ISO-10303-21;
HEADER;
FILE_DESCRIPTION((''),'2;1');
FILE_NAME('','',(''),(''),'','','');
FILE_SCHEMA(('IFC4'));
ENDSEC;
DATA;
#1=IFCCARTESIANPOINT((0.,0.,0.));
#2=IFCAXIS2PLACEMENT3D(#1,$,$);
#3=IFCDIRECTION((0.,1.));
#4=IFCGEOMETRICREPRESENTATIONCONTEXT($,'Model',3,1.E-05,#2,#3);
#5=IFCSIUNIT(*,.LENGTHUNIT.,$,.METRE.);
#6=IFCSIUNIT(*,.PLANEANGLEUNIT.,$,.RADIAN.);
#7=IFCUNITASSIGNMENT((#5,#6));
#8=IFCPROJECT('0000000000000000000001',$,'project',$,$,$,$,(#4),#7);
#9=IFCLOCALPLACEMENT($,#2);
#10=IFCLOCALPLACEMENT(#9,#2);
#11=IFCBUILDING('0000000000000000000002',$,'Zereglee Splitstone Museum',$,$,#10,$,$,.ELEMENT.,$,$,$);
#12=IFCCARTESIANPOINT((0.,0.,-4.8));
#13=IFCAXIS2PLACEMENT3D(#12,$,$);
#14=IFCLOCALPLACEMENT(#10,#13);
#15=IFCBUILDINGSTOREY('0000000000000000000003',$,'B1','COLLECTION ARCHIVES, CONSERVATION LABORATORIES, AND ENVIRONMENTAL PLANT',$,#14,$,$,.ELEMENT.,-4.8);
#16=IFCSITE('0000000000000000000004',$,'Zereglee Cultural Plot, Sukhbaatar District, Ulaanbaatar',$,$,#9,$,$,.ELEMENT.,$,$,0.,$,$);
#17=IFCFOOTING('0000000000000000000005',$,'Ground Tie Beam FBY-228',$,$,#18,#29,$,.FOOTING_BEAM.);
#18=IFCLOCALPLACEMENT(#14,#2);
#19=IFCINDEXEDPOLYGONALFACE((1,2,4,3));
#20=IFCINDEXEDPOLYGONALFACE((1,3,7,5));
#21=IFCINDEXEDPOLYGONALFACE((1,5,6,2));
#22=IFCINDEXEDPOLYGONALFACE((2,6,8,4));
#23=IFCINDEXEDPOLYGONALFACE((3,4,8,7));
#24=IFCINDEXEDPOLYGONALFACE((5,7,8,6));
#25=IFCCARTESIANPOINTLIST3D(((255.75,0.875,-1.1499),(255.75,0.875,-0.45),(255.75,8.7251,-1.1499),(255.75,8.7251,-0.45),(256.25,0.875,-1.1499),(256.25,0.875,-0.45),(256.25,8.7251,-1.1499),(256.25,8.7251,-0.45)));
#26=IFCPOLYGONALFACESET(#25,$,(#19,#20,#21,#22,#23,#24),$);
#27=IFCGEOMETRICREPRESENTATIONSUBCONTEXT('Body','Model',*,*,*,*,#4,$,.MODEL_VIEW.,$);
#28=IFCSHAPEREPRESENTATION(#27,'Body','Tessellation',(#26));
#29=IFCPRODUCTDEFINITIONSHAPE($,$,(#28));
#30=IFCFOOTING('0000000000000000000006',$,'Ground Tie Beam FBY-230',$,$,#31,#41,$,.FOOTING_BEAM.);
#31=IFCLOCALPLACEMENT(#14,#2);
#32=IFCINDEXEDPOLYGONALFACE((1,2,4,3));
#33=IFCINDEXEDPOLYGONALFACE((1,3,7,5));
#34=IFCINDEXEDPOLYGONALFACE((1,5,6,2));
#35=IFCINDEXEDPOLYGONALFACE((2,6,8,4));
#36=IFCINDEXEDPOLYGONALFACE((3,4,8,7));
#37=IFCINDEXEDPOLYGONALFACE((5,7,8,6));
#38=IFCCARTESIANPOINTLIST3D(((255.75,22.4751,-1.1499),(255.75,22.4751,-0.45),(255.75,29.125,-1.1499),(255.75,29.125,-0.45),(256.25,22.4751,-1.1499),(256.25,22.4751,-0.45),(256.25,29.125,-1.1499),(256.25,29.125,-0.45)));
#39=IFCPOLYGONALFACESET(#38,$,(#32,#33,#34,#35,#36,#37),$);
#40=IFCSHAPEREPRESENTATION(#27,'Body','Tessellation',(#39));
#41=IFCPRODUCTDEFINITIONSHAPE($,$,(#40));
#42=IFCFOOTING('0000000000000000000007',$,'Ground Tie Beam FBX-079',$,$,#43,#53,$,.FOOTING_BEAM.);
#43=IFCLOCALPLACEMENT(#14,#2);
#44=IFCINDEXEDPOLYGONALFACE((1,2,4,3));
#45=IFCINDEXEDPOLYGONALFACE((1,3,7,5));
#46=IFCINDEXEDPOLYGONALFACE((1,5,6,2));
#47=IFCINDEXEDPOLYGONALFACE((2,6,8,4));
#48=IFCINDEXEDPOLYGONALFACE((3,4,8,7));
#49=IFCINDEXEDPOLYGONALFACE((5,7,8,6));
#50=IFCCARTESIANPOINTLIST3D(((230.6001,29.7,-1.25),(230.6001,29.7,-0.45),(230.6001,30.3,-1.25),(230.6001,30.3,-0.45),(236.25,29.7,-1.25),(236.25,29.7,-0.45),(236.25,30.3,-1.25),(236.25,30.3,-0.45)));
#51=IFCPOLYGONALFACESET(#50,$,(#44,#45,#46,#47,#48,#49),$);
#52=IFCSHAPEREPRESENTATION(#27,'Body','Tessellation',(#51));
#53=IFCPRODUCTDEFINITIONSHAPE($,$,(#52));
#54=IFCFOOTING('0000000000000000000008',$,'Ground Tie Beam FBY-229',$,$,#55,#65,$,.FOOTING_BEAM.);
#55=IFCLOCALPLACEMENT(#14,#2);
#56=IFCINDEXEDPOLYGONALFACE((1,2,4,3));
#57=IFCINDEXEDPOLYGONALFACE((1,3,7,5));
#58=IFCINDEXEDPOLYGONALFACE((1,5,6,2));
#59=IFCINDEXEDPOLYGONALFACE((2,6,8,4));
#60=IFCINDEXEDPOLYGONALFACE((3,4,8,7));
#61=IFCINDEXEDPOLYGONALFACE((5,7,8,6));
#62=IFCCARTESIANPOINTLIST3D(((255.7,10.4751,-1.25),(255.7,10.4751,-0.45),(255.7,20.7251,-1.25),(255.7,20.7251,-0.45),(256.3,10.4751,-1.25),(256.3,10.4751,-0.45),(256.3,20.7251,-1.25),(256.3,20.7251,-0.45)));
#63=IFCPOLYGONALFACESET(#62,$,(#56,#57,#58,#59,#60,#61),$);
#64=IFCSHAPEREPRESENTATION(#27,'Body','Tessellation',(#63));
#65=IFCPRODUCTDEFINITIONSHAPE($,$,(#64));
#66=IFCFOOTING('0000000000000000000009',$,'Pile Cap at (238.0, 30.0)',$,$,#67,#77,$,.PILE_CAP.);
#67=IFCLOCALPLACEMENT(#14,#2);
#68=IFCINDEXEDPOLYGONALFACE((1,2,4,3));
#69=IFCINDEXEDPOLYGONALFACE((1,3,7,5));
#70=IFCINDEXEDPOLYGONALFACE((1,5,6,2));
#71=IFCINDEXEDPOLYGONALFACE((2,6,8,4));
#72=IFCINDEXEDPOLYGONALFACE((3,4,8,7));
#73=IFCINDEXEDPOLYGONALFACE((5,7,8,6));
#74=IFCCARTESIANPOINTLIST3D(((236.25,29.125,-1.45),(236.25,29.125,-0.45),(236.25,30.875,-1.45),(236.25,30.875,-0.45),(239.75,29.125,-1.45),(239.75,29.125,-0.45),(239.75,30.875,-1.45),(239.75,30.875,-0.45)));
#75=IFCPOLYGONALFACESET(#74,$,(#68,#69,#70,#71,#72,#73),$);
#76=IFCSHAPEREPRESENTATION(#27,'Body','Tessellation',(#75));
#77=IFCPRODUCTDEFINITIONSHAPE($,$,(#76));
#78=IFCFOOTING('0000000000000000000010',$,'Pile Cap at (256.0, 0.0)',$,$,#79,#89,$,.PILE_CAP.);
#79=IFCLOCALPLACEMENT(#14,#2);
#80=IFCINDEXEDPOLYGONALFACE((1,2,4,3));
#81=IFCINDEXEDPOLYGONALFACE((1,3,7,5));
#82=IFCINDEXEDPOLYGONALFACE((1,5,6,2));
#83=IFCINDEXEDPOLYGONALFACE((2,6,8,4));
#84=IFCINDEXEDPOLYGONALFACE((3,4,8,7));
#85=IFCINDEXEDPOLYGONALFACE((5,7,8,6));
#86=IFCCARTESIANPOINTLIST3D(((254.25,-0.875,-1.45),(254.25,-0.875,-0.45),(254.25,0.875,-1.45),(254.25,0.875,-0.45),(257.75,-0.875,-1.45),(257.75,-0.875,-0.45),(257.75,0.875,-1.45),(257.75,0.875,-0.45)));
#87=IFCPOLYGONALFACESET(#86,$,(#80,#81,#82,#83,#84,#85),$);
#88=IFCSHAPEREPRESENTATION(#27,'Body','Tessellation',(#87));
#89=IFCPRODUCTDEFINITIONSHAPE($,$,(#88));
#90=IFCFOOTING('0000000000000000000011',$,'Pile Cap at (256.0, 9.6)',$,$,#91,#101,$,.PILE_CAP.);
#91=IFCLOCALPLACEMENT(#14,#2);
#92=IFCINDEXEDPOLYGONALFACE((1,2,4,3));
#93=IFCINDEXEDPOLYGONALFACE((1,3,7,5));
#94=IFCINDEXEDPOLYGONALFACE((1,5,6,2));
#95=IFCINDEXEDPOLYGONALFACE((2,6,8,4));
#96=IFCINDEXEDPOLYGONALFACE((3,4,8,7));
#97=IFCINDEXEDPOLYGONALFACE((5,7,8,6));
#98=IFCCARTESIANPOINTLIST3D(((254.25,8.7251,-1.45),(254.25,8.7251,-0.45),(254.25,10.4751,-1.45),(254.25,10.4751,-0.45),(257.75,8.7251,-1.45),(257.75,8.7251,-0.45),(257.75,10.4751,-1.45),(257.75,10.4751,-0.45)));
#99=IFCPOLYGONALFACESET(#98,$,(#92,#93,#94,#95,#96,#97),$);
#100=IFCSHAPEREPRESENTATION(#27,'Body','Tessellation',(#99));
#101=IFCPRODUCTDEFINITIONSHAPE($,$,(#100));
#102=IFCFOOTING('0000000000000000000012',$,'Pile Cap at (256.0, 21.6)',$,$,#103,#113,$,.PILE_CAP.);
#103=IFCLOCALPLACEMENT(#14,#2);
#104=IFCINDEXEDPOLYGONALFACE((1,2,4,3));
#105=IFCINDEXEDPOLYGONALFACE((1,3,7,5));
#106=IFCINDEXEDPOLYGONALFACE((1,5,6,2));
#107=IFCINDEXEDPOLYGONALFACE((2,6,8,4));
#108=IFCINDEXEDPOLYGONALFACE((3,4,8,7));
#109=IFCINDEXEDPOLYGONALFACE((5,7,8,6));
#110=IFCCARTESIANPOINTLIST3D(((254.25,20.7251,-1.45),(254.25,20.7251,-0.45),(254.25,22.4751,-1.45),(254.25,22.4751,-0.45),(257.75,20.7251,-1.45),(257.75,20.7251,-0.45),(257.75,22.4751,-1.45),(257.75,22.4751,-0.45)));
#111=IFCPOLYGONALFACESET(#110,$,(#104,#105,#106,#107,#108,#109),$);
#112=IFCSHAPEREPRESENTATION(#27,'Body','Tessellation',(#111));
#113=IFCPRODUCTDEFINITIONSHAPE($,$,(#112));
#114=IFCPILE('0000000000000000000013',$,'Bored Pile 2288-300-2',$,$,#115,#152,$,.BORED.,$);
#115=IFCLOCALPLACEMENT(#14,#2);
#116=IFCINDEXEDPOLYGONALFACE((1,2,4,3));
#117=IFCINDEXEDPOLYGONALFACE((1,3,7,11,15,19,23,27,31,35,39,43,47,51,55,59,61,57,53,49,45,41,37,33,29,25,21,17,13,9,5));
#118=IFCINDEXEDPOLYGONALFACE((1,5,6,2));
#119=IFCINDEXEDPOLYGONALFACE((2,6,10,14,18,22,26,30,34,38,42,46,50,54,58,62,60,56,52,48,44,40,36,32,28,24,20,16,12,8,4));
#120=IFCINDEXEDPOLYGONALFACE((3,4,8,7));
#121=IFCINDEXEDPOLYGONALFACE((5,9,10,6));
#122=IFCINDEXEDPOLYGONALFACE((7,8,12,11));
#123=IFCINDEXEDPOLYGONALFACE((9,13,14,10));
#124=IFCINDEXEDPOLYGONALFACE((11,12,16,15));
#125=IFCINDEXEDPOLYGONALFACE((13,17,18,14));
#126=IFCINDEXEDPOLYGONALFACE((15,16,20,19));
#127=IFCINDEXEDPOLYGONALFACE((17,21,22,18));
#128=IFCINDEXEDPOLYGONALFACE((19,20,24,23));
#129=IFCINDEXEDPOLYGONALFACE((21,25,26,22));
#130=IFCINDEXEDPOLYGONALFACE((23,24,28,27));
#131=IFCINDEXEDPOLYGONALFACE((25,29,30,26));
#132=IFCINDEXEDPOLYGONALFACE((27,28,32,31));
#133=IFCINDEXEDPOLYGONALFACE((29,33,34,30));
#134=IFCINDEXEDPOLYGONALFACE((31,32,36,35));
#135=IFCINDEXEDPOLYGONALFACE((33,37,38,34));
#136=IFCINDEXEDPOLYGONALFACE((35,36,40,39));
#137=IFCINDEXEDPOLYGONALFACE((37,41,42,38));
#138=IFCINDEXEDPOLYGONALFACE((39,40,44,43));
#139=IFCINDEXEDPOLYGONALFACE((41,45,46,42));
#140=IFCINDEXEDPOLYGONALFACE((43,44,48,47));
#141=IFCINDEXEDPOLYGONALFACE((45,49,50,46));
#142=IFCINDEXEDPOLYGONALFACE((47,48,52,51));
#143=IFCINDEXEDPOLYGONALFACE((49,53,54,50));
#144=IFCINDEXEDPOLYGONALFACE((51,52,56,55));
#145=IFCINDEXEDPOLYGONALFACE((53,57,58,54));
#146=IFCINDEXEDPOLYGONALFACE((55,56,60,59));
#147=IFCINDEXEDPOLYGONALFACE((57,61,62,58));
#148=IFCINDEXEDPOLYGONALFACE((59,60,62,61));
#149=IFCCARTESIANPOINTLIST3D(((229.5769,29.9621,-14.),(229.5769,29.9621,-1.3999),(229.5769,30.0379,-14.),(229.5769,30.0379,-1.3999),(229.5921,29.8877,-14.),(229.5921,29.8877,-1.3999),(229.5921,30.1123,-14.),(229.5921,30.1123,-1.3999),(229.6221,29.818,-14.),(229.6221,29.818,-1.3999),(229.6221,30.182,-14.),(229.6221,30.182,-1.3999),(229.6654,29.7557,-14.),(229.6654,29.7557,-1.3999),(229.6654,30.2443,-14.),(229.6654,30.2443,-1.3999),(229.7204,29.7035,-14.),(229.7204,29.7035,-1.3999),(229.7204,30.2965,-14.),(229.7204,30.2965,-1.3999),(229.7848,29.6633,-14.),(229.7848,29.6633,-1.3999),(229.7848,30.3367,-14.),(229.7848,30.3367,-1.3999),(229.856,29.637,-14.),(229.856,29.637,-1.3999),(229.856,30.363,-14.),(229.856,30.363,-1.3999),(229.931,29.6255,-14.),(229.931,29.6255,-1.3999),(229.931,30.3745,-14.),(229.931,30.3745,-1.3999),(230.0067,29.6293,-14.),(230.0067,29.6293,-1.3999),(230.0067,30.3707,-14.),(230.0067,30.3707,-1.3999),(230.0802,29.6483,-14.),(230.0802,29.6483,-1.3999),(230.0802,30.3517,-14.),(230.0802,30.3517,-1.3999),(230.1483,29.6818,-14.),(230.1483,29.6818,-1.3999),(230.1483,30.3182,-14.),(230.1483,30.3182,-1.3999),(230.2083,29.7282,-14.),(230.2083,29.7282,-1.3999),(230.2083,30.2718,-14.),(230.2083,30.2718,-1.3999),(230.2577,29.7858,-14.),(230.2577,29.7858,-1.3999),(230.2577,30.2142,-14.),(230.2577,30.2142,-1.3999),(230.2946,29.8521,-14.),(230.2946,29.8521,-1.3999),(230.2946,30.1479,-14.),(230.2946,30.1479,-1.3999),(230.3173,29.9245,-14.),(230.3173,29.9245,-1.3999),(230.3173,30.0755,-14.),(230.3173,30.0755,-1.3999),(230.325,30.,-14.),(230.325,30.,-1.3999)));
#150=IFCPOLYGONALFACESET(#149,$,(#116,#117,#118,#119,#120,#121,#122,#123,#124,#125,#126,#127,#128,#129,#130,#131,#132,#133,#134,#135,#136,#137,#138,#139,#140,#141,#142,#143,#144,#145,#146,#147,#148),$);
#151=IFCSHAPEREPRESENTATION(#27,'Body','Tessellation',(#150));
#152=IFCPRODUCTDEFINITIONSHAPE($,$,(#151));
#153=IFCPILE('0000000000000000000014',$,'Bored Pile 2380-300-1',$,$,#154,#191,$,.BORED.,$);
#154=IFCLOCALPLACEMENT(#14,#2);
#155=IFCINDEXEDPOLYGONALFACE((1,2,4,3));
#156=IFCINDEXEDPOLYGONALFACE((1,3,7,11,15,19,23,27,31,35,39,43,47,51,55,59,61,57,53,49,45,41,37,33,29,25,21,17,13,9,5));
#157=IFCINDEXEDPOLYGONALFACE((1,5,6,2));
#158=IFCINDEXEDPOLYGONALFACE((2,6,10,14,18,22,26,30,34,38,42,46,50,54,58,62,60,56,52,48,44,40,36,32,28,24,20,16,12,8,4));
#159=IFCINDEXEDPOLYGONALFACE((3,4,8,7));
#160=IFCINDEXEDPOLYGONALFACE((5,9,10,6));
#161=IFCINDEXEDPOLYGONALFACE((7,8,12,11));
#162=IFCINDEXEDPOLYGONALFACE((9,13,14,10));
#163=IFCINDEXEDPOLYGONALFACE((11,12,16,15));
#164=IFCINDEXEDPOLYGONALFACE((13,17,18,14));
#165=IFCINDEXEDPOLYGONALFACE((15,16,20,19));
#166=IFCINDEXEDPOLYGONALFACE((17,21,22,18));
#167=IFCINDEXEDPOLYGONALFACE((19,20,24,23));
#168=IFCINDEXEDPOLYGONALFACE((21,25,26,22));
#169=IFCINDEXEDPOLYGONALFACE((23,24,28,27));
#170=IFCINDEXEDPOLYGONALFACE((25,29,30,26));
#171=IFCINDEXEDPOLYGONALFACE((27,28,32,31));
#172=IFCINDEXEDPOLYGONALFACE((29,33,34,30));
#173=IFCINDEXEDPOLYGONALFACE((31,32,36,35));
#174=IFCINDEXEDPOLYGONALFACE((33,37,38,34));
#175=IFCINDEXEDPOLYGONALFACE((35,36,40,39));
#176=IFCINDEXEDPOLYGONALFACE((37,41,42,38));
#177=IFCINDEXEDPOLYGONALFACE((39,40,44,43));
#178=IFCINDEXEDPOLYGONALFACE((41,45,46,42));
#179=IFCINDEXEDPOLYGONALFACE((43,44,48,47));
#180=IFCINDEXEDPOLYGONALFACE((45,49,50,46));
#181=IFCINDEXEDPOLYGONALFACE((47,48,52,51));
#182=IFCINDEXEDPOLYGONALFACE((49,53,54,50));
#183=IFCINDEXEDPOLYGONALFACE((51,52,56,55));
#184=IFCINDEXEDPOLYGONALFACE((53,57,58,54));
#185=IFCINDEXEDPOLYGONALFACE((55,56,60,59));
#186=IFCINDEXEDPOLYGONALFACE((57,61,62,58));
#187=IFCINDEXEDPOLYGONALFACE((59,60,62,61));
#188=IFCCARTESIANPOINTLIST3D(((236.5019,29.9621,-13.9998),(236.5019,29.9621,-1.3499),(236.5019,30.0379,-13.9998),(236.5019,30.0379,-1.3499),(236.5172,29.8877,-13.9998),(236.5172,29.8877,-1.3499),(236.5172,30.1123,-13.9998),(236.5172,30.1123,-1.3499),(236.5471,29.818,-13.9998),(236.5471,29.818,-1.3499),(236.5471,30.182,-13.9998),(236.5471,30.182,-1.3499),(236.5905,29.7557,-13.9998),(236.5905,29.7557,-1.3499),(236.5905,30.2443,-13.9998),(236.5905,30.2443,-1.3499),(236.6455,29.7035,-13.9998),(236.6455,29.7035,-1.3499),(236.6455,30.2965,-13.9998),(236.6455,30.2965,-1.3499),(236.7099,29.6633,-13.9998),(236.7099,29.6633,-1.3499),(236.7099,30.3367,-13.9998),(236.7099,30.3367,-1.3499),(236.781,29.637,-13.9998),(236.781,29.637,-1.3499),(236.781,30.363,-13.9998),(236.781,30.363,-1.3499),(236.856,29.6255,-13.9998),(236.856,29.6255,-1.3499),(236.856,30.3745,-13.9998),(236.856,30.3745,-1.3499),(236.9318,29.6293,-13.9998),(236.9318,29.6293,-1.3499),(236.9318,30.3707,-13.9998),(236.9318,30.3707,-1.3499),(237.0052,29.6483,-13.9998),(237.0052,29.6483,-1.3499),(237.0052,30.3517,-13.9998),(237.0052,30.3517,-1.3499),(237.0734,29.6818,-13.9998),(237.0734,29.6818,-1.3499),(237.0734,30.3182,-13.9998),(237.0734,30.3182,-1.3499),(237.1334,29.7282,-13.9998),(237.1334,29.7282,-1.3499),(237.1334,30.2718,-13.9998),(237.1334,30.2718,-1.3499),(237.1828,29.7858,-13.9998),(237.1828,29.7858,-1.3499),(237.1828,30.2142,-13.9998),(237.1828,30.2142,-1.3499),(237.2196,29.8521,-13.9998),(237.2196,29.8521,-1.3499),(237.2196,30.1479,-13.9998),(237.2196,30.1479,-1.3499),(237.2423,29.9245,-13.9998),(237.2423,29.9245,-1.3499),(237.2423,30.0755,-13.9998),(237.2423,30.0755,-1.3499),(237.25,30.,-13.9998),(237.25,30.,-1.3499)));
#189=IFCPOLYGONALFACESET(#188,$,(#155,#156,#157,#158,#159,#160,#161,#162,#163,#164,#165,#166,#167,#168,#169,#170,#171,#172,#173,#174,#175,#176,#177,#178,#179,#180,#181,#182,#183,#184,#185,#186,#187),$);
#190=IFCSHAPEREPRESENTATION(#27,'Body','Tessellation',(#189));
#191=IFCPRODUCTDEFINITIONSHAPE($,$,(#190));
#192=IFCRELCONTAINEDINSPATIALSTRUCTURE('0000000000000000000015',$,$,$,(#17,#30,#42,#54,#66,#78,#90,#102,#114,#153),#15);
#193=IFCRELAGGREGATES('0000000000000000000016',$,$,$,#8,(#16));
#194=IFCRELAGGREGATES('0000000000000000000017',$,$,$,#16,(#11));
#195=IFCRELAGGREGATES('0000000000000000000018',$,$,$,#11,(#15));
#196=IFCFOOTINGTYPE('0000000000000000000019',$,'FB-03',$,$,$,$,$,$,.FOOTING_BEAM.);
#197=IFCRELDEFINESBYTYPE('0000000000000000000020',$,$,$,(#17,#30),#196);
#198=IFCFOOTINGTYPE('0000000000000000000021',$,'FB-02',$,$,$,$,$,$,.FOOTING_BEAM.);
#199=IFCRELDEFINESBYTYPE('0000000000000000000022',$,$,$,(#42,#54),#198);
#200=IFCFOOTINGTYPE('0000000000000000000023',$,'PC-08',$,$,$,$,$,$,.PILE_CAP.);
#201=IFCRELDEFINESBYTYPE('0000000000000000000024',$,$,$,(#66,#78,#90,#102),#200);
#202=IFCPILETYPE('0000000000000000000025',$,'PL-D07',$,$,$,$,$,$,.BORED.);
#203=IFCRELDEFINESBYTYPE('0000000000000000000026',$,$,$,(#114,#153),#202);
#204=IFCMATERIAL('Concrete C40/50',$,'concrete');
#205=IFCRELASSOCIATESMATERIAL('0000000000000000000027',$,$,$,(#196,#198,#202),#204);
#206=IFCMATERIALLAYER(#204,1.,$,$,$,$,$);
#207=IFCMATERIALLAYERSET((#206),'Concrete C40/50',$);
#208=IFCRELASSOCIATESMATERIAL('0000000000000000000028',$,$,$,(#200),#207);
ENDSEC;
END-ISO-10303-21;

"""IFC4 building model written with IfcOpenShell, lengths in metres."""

from ifc_helpers import new_model, si_unit, direction, frame, origin, origin_2d, place, context, subcontext, project, spatial, rectangle, circle, extrude, material, layer, layer_set, material_profile, profile_set, type_object, element, save


model = new_model("IFC4")

# Units and contexts
model_context = context("Model", 3, precision=1e-05, world=origin(), true_north=direction((0.0, 1.0)))
body_context = subcontext(model_context, "Body", "Model", "MODEL_VIEW")
ifc_project = project(units=[si_unit("LENGTHUNIT", "METRE"), si_unit("PLANEANGLEUNIT", "RADIAN")], contexts=[model_context])

# Site, building, storey
site_placement = place(None, origin())
site = spatial("IfcSite", under=ifc_project, at=site_placement, Name="Zereglee Cultural Plot, Sukhbaatar District, Ulaanbaatar", CompositionType="ELEMENT", RefElevation=0.0)
building_placement = place(site_placement, origin())
building = spatial("IfcBuilding", under=site, at=building_placement, Name="Zereglee Splitstone Museum", CompositionType="ELEMENT")
storey_placement = place(building_placement, frame((0.0, 0.0, -4.8)))
storey = spatial("IfcBuildingStorey", under=building, at=storey_placement, Name="B1", Description="COLLECTION ARCHIVES, CONSERVATION LABORATORIES, AND ENVIRONMENTAL PLANT", CompositionType="ELEMENT", Elevation=-4.8)

# Footings
ifc_material_1 = material(Name="Concrete C40/50", Category="concrete")
footing_type_1 = type_object("IfcFootingType", Name="FB-03", PredefinedType="FOOTING_BEAM", material=ifc_material_1)
footing_1_placement = place(storey_placement, frame((256.0, 4.8, -1.1499), z_axis=(0.0, 0.0, 1.0), x_axis=(0.0, 1.0, 0.0)))
element("IfcFooting", 1, at=footing_1_placement, inside=storey, type_object=footing_type_1, Name="Ground Tie Beam FBY-228", PredefinedType="FOOTING_BEAM", context=body_context, shape_type="SweptSolid", body=[
    extrude(rectangle(XDim=7.8501, YDim=0.5, at=origin_2d()), origin(), (0.0, 0.0, 1.0), 0.7),
])
footing_2_placement = place(storey_placement, frame((256.0, 25.8, -1.1499), z_axis=(0.0, 0.0, 1.0), x_axis=(0.0, 1.0, 0.0)))
element("IfcFooting", 2, at=footing_2_placement, inside=storey, type_object=footing_type_1, Name="Ground Tie Beam FBY-230", PredefinedType="FOOTING_BEAM", context=body_context, shape_type="SweptSolid", body=[
    extrude(rectangle(XDim=6.6499, YDim=0.5, at=origin_2d()), origin(), (0.0, 0.0, 1.0), 0.7),
])
footing_type_2 = type_object("IfcFootingType", Name="FB-02", PredefinedType="FOOTING_BEAM", material=ifc_material_1)
footing_3_placement = place(storey_placement, frame((233.425, 30.0, -1.25), z_axis=(0.0, 0.0, 1.0), x_axis=(1.0, 0.0, 0.0)))
element("IfcFooting", 3, at=footing_3_placement, inside=storey, type_object=footing_type_2, Name="Ground Tie Beam FBX-079", PredefinedType="FOOTING_BEAM", context=body_context, shape_type="SweptSolid", body=[
    extrude(rectangle(XDim=5.6499, YDim=0.6001, at=origin_2d()), origin(), (0.0, 0.0, 1.0), 0.8),
])
footing_4_placement = place(storey_placement, frame((256.0, 15.6001, -1.25), z_axis=(0.0, 0.0, 1.0), x_axis=(0.0, 1.0, 0.0)))
element("IfcFooting", 4, at=footing_4_placement, inside=storey, type_object=footing_type_2, Name="Ground Tie Beam FBY-229", PredefinedType="FOOTING_BEAM", context=body_context, shape_type="SweptSolid", body=[
    extrude(rectangle(XDim=10.25, YDim=0.6001, at=origin_2d()), origin(), (0.0, 0.0, 1.0), 0.8),
])
ifc_layer_1 = layer(ifc_material_1, 1.0)
ifc_layer_set_1 = layer_set([ifc_layer_1], Name="Concrete C40/50")
footing_type_3 = type_object("IfcFootingType", Name="PC-08", PredefinedType="PILE_CAP", material=ifc_layer_set_1)
for number, where, z_axis, x_axis, name in (
    (5, (238.0, 30.0, -1.45), (0.0, 0.0, 1.0), (1.0, 0.0, 0.0), "Pile Cap at (238.0, 30.0)"),
    (6, (256.0, 0.0, -1.45), (0.0, 0.0, 1.0), (1.0, 0.0, 0.0), "Pile Cap at (256.0, 0.0)"),
    (7, (256.0, 9.6001, -1.45), (0.0, 0.0, 1.0), (1.0, 0.0, 0.0), "Pile Cap at (256.0, 9.6)"),
    (8, (256.0, 21.6001, -1.45), (0.0, 0.0, 1.0), (1.0, 0.0, 0.0), "Pile Cap at (256.0, 21.6)"),
):
    element("IfcFooting", number, at=place(storey_placement, frame(where, z_axis=z_axis, x_axis=x_axis)), inside=storey, type_object=footing_type_3, Name=name, PredefinedType="PILE_CAP", context=body_context, shape_type="SweptSolid", body=[
        extrude(rectangle(XDim=3.5, YDim=1.75, at=origin_2d()), origin(), (0.0, 0.0, 1.0), 1.0),
    ])

# Piles
ifc_material_profile_1 = material_profile(ifc_material_1, circle(Radius=0.375, at=origin_2d()), Name="PILE D750")
ifc_profile_set_1 = profile_set([ifc_material_profile_1], Name="Concrete C40/50")
pile_type = type_object("IfcPileType", Name="PL-D07", PredefinedType="BORED", material=ifc_profile_set_1)
pile_placement = place(storey_placement, frame((229.95, 30.0, -1.3999), z_axis=(0.0, 0.0, -1.0), x_axis=(1.0, 0.0, 0.0)))
element("IfcPile", 9, at=pile_placement, inside=storey, type_object=pile_type, Name="Bored Pile 2288-300-2", PredefinedType="BORED", context=body_context, shape_type="SweptSolid", body=[
    extrude(circle(Radius=0.375, at=origin_2d()), origin(), (0.0, 0.0, 1.0), 12.6001),
])
for number, where, z_axis, x_axis, name in (
    (10, (236.875, 30.0, -1.3499), (0.0, 0.0, -1.0), (1.0, 0.0, 0.0), "Bored Pile 2380-300-1"),
):
    element("IfcPile", number, at=place(storey_placement, frame(where, z_axis=z_axis, x_axis=x_axis)), inside=storey, type_object=pile_type, Name=name, PredefinedType="BORED", context=body_context, shape_type="SweptSolid", body=[
        extrude(circle(Radius=0.375, at=origin_2d()), origin(), (0.0, 0.0, 1.0), 12.6499),
    ])

save(model, "model.ifc")
